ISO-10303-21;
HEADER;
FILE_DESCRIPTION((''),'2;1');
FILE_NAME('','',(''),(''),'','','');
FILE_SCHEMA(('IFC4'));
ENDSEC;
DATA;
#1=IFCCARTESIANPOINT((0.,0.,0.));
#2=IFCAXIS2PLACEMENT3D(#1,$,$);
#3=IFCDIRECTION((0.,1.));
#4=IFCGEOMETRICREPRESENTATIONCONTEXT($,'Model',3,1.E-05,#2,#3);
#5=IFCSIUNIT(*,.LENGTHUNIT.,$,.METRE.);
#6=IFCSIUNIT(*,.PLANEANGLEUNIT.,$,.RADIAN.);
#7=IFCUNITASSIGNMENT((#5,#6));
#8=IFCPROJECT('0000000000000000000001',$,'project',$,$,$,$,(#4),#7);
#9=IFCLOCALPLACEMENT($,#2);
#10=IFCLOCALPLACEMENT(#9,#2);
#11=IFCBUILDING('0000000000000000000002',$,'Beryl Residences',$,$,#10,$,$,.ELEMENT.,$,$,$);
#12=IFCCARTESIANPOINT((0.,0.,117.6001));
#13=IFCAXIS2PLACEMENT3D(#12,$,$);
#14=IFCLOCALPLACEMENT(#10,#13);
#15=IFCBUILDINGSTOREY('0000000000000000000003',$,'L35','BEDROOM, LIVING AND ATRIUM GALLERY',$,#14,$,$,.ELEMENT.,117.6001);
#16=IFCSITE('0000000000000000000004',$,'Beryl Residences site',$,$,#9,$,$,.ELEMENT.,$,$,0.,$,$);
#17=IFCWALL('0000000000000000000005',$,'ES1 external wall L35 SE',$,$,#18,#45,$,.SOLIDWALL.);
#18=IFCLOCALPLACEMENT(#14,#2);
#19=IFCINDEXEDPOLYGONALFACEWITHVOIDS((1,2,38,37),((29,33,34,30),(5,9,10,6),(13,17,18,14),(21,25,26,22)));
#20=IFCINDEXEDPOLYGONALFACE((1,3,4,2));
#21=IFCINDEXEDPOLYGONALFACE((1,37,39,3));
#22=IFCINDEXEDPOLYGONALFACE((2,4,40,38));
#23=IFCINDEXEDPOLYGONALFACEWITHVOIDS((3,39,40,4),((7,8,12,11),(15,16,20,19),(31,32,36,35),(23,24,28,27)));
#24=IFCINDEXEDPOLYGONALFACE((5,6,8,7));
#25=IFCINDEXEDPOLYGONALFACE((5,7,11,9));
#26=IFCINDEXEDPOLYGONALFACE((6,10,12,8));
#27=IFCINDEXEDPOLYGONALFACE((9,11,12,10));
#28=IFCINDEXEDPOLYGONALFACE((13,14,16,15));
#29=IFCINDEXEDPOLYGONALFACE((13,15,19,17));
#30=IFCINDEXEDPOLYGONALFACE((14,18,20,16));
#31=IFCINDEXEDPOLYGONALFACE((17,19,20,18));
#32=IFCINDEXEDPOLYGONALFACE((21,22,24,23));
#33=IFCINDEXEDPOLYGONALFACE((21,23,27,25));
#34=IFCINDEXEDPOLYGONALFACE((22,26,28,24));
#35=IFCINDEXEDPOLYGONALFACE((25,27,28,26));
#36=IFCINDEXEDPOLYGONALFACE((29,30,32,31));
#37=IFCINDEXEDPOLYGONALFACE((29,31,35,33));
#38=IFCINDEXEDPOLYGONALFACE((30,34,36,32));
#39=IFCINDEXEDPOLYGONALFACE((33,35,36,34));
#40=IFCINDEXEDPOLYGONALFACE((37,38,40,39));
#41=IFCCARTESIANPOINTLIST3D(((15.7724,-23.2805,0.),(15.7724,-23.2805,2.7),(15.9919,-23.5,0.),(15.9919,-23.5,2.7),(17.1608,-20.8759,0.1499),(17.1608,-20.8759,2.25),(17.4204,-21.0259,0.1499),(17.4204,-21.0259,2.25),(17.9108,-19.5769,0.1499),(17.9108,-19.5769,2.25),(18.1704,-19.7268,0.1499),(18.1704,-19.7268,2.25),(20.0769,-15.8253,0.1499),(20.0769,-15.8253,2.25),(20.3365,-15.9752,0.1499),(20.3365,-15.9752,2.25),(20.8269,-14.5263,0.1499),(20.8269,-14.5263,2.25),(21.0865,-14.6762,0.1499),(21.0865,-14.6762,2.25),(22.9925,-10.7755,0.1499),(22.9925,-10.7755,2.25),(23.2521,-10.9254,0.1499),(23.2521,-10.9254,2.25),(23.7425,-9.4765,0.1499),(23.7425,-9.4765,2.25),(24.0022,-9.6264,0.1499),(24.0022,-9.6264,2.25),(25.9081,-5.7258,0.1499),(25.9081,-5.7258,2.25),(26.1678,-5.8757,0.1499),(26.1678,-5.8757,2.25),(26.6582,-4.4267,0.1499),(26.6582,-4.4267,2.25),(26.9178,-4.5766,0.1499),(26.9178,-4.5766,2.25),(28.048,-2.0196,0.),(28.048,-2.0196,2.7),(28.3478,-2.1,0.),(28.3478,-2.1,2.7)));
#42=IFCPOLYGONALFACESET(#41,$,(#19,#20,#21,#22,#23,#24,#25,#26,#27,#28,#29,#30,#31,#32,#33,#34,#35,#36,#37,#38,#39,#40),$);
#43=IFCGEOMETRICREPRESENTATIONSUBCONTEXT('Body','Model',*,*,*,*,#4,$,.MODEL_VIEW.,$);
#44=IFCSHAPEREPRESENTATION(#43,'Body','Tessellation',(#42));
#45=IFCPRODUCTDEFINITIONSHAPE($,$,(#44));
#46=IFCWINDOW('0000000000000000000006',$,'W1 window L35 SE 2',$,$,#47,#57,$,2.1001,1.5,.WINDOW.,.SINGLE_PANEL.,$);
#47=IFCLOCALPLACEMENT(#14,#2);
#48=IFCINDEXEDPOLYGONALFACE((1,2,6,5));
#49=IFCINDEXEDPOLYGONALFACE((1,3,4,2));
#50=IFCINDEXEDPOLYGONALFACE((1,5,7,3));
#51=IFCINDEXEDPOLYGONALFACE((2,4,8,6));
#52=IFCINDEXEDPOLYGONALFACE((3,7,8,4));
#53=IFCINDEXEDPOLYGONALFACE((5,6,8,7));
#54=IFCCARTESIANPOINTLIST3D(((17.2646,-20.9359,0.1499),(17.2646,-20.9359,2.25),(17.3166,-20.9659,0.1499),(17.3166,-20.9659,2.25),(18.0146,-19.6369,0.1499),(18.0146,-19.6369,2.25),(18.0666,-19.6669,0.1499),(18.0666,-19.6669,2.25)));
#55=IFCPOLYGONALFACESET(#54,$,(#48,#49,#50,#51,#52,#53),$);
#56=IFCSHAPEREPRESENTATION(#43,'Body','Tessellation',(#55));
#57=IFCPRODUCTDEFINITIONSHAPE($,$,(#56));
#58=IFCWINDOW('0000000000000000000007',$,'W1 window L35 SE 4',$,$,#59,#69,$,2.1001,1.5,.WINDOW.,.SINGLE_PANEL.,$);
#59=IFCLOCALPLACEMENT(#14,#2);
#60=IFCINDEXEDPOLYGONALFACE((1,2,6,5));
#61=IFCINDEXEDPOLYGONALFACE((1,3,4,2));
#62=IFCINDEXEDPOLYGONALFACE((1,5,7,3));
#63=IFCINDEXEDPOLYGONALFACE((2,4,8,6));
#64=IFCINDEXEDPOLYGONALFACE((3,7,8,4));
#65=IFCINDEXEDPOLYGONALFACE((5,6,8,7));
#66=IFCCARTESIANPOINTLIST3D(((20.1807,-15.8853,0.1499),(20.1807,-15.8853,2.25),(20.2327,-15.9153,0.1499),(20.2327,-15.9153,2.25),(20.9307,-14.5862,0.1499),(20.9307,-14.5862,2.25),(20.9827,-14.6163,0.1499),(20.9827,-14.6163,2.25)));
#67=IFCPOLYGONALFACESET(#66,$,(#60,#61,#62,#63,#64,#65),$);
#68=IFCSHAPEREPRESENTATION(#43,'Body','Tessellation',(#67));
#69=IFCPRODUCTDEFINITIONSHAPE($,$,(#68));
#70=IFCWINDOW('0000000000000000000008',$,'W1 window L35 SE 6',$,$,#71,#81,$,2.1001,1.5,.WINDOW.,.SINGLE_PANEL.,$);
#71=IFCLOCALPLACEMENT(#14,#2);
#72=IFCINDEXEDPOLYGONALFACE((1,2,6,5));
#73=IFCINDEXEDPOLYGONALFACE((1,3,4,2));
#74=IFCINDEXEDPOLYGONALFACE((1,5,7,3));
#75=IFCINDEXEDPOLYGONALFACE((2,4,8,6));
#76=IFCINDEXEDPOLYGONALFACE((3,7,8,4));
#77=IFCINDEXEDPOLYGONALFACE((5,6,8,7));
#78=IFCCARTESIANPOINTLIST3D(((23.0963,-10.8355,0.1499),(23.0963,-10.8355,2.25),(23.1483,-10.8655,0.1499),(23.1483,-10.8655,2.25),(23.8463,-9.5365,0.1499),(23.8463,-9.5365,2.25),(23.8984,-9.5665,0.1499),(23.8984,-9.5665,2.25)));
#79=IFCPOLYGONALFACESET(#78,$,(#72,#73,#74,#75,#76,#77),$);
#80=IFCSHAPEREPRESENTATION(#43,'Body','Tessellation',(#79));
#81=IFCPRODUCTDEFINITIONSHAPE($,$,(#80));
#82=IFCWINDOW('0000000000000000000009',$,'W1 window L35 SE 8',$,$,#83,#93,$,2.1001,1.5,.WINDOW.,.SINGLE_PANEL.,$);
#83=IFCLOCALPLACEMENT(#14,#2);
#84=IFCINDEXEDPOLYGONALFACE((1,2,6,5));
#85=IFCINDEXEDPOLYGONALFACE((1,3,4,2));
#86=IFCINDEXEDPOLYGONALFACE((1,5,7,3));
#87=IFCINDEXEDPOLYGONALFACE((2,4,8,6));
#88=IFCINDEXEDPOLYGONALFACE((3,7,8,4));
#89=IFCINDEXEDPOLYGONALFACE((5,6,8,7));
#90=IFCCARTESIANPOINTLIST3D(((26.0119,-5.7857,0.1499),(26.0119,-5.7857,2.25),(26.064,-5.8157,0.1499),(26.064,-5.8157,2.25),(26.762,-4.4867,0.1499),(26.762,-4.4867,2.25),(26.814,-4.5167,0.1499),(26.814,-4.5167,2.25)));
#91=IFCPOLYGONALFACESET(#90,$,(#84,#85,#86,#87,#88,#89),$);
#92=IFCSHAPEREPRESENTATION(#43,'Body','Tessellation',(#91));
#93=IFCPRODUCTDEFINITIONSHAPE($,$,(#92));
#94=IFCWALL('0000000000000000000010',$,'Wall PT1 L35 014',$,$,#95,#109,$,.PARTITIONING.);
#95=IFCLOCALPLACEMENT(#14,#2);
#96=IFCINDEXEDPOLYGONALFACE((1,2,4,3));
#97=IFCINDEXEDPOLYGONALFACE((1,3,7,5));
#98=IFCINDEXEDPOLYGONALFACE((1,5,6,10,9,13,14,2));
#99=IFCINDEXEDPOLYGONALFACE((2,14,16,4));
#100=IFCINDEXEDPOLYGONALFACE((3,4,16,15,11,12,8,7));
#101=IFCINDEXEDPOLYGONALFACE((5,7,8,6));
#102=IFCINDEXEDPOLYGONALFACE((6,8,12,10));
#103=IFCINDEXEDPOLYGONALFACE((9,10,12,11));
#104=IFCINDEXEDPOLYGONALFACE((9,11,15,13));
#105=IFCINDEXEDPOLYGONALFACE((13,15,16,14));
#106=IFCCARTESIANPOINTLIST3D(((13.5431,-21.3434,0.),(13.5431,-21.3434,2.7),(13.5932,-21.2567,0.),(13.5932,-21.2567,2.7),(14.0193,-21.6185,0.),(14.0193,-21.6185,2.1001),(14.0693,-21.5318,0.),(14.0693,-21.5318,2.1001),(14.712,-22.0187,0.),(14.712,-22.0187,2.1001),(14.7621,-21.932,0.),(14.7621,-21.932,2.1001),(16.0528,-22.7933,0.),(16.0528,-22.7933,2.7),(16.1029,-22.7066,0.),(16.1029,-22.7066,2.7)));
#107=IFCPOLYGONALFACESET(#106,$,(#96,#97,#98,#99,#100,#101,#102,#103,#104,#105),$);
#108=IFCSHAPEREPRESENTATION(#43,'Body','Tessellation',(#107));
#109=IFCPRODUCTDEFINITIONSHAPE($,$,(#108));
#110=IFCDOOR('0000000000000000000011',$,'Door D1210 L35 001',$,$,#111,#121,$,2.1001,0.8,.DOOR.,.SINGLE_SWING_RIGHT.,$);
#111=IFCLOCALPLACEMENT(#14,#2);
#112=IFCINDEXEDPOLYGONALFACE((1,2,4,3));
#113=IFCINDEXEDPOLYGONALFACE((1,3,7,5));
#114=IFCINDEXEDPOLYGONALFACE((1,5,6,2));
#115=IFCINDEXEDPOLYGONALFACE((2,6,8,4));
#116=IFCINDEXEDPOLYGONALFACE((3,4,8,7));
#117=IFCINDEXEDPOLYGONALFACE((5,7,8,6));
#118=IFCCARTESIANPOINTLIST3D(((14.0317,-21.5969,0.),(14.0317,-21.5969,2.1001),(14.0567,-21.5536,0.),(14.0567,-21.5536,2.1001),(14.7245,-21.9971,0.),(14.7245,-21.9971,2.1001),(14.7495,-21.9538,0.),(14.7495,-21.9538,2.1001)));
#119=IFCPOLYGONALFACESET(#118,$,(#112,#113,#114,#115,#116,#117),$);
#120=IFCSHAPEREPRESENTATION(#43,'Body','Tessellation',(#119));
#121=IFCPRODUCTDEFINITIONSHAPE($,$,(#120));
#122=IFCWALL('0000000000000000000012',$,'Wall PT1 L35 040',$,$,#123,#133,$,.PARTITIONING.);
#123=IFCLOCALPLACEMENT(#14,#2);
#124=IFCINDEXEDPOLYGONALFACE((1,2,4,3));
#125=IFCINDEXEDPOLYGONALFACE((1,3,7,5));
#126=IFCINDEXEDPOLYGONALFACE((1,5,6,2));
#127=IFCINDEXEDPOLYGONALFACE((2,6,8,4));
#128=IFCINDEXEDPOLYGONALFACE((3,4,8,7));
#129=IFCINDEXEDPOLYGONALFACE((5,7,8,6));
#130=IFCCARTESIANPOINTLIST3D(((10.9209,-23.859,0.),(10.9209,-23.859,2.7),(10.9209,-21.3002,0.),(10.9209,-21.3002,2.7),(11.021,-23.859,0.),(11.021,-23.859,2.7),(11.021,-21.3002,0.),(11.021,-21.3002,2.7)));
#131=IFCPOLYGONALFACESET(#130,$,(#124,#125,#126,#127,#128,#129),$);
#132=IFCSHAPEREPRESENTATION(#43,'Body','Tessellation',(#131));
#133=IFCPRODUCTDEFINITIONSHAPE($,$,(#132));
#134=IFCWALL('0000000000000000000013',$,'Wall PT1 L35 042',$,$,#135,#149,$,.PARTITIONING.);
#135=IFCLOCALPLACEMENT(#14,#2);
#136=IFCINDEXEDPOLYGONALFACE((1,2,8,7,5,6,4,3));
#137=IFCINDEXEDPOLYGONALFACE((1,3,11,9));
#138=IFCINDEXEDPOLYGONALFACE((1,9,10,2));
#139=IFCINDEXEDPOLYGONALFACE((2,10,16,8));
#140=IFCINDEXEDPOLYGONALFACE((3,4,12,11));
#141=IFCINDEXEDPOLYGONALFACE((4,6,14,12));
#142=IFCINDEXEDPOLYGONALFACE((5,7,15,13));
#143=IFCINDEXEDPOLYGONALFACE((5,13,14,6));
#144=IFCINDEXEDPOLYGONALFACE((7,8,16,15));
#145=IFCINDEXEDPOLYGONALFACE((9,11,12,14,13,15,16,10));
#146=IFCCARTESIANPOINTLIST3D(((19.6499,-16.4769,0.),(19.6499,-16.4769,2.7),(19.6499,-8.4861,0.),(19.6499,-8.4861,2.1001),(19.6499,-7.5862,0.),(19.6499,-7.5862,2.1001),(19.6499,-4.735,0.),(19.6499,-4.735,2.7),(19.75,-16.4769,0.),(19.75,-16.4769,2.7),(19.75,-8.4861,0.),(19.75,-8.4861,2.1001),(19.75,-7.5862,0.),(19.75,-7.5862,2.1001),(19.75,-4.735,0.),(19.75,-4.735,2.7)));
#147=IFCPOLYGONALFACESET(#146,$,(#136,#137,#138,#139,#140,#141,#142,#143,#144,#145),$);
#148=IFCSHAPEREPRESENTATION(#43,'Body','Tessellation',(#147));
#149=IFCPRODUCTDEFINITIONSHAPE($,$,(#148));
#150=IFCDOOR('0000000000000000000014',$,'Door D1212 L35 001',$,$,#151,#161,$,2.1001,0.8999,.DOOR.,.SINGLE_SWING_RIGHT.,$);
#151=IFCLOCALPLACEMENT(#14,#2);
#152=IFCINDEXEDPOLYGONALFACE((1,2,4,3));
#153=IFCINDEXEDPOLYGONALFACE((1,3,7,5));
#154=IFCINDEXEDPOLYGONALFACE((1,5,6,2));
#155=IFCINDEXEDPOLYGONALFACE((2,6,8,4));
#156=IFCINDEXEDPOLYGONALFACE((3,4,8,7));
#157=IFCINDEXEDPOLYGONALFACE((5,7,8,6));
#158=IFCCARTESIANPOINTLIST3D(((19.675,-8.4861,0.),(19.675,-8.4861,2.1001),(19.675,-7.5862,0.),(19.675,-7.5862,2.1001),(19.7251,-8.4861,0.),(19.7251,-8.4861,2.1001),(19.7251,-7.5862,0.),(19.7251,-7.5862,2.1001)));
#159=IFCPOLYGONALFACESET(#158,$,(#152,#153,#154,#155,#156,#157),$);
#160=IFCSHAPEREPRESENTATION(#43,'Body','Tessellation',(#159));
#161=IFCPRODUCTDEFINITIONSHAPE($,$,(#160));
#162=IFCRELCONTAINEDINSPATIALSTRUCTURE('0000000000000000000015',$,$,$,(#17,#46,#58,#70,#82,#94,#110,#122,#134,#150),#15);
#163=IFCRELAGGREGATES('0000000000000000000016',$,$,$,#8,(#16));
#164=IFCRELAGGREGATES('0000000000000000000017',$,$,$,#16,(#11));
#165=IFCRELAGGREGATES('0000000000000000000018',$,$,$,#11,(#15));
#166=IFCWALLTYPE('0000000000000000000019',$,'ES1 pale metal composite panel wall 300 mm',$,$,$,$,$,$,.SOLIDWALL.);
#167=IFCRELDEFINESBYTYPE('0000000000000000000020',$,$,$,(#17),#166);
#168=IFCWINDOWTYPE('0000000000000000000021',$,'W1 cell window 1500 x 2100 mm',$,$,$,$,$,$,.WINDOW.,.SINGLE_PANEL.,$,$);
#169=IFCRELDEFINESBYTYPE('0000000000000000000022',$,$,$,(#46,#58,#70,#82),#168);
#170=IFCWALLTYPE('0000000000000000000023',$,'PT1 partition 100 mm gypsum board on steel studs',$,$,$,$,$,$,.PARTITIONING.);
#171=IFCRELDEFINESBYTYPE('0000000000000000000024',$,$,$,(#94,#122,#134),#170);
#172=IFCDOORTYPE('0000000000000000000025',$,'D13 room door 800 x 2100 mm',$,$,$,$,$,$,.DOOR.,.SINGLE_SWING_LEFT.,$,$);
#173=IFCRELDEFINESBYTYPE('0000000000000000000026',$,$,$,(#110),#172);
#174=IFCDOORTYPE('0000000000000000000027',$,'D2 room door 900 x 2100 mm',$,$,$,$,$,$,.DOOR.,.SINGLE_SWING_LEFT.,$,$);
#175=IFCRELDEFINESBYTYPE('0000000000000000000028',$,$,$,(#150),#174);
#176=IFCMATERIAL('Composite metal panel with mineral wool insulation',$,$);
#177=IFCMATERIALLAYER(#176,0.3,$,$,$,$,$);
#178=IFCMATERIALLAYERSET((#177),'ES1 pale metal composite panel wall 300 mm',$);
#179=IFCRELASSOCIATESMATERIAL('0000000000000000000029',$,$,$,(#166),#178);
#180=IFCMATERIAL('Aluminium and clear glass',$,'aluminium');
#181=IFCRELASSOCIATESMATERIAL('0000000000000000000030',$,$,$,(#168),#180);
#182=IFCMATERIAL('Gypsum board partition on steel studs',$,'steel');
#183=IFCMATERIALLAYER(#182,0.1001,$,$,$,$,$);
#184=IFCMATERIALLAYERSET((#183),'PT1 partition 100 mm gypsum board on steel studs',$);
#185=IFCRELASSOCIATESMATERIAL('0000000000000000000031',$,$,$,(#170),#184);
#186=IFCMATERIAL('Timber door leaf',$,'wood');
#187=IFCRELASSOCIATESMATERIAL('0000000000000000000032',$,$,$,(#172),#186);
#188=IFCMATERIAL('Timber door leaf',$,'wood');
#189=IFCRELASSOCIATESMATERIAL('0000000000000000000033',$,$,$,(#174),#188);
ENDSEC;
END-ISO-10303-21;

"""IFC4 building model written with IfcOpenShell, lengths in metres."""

from ifc_helpers import new_model, si_unit, direction, frame, frame_2d, origin, place, context, subcontext, project, spatial, polyline, rectangle, outline, extrude, material, layer, layer_set, type_object, element, fill, save


model = new_model("IFC4")

# Units and contexts
model_context = context("Model", 3, precision=1e-05, world=origin(), true_north=direction((0.0, 1.0)))
body_context = subcontext(model_context, "Body", "Model", "MODEL_VIEW")
ifc_project = project(units=[si_unit("LENGTHUNIT", "METRE"), si_unit("PLANEANGLEUNIT", "RADIAN")], contexts=[model_context])

# Site, building, storey
site_placement = place(None, origin())
site = spatial("IfcSite", under=ifc_project, at=site_placement, Name="Beryl Residences site", CompositionType="ELEMENT", RefElevation=0.0)
building_placement = place(site_placement, origin())
building = spatial("IfcBuilding", under=site, at=building_placement, Name="Beryl Residences", CompositionType="ELEMENT")
storey_placement = place(building_placement, frame((0.0, 0.0, 117.6001)))
storey = spatial("IfcBuildingStorey", under=building, at=storey_placement, Name="L35", Description="BEDROOM, LIVING AND ATRIUM GALLERY", CompositionType="ELEMENT", Elevation=117.6001)

# Shared definitions
ifc_material_1 = material(Name="Composite metal panel with mineral wool insulation")
ifc_layer_1 = layer(ifc_material_1, 0.3)
ifc_layer_set_1 = layer_set([ifc_layer_1], Name="ES1 pale metal composite panel wall 300 mm")
wall_type_1 = type_object("IfcWallType", Name="ES1 pale metal composite panel wall 300 mm", PredefinedType="SOLIDWALL", material=ifc_layer_set_1)

# Wall, openings, windows
wall_1_placement = place(storey_placement, frame((15.8621, -23.425, 0.0), z_axis=(0.0, 0.0, 1.0), x_axis=(0.500018, 0.866015, 0.0)))
wall_1 = element("IfcWall", 1, at=wall_1_placement, inside=storey, type_object=wall_type_1, Name="ES1 external wall L35 SE", PredefinedType="SOLIDWALL", context=body_context, shape_type="SweptSolid", body=[
    extrude(outline(polyline([(0.0, -0.1499), (24.7109, -0.1499), (24.6306, 0.1499), (0.0803, 0.1499), (0.0, -0.1499)])), origin(), (0.0, 0.0, 1.0), 2.7),
])
opening_1_placement = place(wall_1_placement, frame((2.8569, 0.0, 0.1499)))
opening_1 = element("IfcOpeningElement", 2, at=opening_1_placement, cuts=wall_1, PredefinedType="OPENING", context=body_context, shape_type="SweptSolid", body=[
    extrude(rectangle(XDim=1.5, YDim=2.1001, at=frame_2d((0.75, 1.05))), frame((0.0, 0.1599, 0.0), z_axis=(0.0, -1.0, 0.0), x_axis=(1.0, 0.0, 0.0)), (0.0, 0.0, 1.0), 0.3201),
])
opening_2_placement = place(wall_1_placement, frame((8.689, 0.0, 0.1499)))
opening_2 = element("IfcOpeningElement", 3, at=opening_2_placement, cuts=wall_1, PredefinedType="OPENING", context=body_context, shape_type="SweptSolid", body=[
    extrude(rectangle(XDim=1.5, YDim=2.1001, at=frame_2d((0.75, 1.05))), frame((0.0, 0.1599, 0.0), z_axis=(0.0, -1.0, 0.0), x_axis=(1.0, 0.0, 0.0)), (0.0, 0.0, 1.0), 0.3201),
])
opening_3_placement = place(wall_1_placement, frame((14.52, 0.0, 0.1499)))
opening_3 = element("IfcOpeningElement", 4, at=opening_3_placement, cuts=wall_1, PredefinedType="OPENING", context=body_context, shape_type="SweptSolid", body=[
    extrude(rectangle(XDim=1.5, YDim=2.1001, at=frame_2d((0.75, 1.05))), frame((0.0, 0.1599, 0.0), z_axis=(0.0, -1.0, 0.0), x_axis=(1.0, 0.0, 0.0)), (0.0, 0.0, 1.0), 0.3201),
])
opening_4_placement = place(wall_1_placement, frame((20.3511, 0.0, 0.1499)))
opening_4 = element("IfcOpeningElement", 5, at=opening_4_placement, cuts=wall_1, PredefinedType="OPENING", context=body_context, shape_type="SweptSolid", body=[
    extrude(rectangle(XDim=1.5, YDim=2.1001, at=frame_2d((0.75, 1.05))), frame((0.0, 0.1599, 0.0), z_axis=(0.0, -1.0, 0.0), x_axis=(1.0, 0.0, 0.0)), (0.0, 0.0, 1.0), 0.3201),
])
ifc_material_2 = material(Name="Aluminium and clear glass", Category="aluminium")
window_type_1 = type_object("IfcWindowType", Name="W1 cell window 1500 x 2100 mm", PartitioningType="SINGLE_PANEL", PredefinedType="WINDOW", material=ifc_material_2)
window_1_placement = place(opening_1_placement, origin())
window_1 = element("IfcWindow", 6, at=window_1_placement, inside=storey, type_object=window_type_1, Name="W1 window L35 SE 2", OverallHeight=2.1001, OverallWidth=1.5, PartitioningType="SINGLE_PANEL", PredefinedType="WINDOW", context=body_context, shape_type="SweptSolid", body=[
    extrude(rectangle(XDim=1.5, YDim=2.1001, at=frame_2d((0.75, 1.05))), frame((0.0, 0.03, 0.0), z_axis=(0.0, -1.0, 0.0), x_axis=(1.0, 0.0, 0.0)), (0.0, 0.0, 1.0), 0.0601),
])
fill(opening_1, window_1)
window_2_placement = place(opening_2_placement, origin())
window_2 = element("IfcWindow", 7, at=window_2_placement, inside=storey, type_object=window_type_1, Name="W1 window L35 SE 4", OverallHeight=2.1001, OverallWidth=1.5, PartitioningType="SINGLE_PANEL", PredefinedType="WINDOW", context=body_context, shape_type="SweptSolid", body=[
    extrude(rectangle(XDim=1.5, YDim=2.1001, at=frame_2d((0.75, 1.05))), frame((0.0, 0.03, 0.0), z_axis=(0.0, -1.0, 0.0), x_axis=(1.0, 0.0, 0.0)), (0.0, 0.0, 1.0), 0.0601),
])
fill(opening_2, window_2)
window_3_placement = place(opening_3_placement, origin())
window_3 = element("IfcWindow", 8, at=window_3_placement, inside=storey, type_object=window_type_1, Name="W1 window L35 SE 6", OverallHeight=2.1001, OverallWidth=1.5, PartitioningType="SINGLE_PANEL", PredefinedType="WINDOW", context=body_context, shape_type="SweptSolid", body=[
    extrude(rectangle(XDim=1.5, YDim=2.1001, at=frame_2d((0.75, 1.05))), frame((0.0, 0.03, 0.0), z_axis=(0.0, -1.0, 0.0), x_axis=(1.0, 0.0, 0.0)), (0.0, 0.0, 1.0), 0.0601),
])
fill(opening_3, window_3)
window_4_placement = place(opening_4_placement, origin())
window_4 = element("IfcWindow", 9, at=window_4_placement, inside=storey, type_object=window_type_1, Name="W1 window L35 SE 8", OverallHeight=2.1001, OverallWidth=1.5, PartitioningType="SINGLE_PANEL", PredefinedType="WINDOW", context=body_context, shape_type="SweptSolid", body=[
    extrude(rectangle(XDim=1.5, YDim=2.1001, at=frame_2d((0.75, 1.05))), frame((0.0, 0.03, 0.0), z_axis=(0.0, -1.0, 0.0), x_axis=(1.0, 0.0, 0.0)), (0.0, 0.0, 1.0), 0.0601),
])
fill(opening_4, window_4)

# Wall, opening, door
ifc_material_3 = material(Name="Gypsum board partition on steel studs", Category="steel")
ifc_layer_2 = layer(ifc_material_3, 0.1001)
ifc_layer_set_2 = layer_set([ifc_layer_2], Name="PT1 partition 100 mm gypsum board on steel studs")
wall_type_2 = type_object("IfcWallType", Name="PT1 partition 100 mm gypsum board on steel studs", PredefinedType="PARTITIONING", material=ifc_layer_set_2)
wall_2_placement = place(storey_placement, frame((13.5681, -21.3, 0.0), z_axis=(0.0, 0.0, 1.0), x_axis=(0.865885, -0.500243, 0.0)))
wall_2 = element("IfcWall", 10, at=wall_2_placement, inside=storey, type_object=wall_type_2, Name="Wall PT1 L35 014", PredefinedType="PARTITIONING", context=body_context, shape_type="SweptSolid", body=[
    extrude(rectangle(XDim=2.8984, YDim=0.1001, at=frame_2d((1.4492, 0.0))), origin(), (0.0, 0.0, 1.0), 2.7),
])
opening_5_placement = place(wall_2_placement, frame((0.55, 0.0, 0.0)))
opening_5 = element("IfcOpeningElement", 11, at=opening_5_placement, cuts=wall_2, PredefinedType="OPENING", context=body_context, shape_type="SweptSolid", body=[
    extrude(rectangle(XDim=0.8, YDim=2.1001, at=frame_2d((0.3999, 1.05))), frame((0.0, 0.0601, 0.0), z_axis=(0.0, -1.0, 0.0), x_axis=(1.0, 0.0, 0.0)), (0.0, 0.0, 1.0), 0.1201),
])
ifc_material_4 = material(Name="Timber door leaf", Category="wood")
door_type_1 = type_object("IfcDoorType", Name="D13 room door 800 x 2100 mm", OperationType="SINGLE_SWING_LEFT", PredefinedType="DOOR", material=ifc_material_4)
door_1_placement = place(opening_5_placement, origin())
door_1 = element("IfcDoor", 12, at=door_1_placement, inside=storey, type_object=door_type_1, Name="Door D1210 L35 001", OperationType="SINGLE_SWING_RIGHT", OverallHeight=2.1001, OverallWidth=0.8, PredefinedType="DOOR", context=body_context, shape_type="SweptSolid", body=[
    extrude(rectangle(XDim=0.8, YDim=2.1001, at=frame_2d((0.3999, 1.05))), frame((0.0, 0.0249, 0.0), z_axis=(0.0, -1.0, 0.0), x_axis=(1.0, 0.0, 0.0)), (0.0, 0.0, 1.0), 0.05),
])
fill(opening_5, door_1)

# Wall
wall_3_placement = place(storey_placement, frame((10.9709, -23.8589, 0.0), z_axis=(0.0, 0.0, 1.0), x_axis=(0.0, 1.0, 0.0)))
element("IfcWall", 13, at=wall_3_placement, inside=storey, type_object=wall_type_2, Name="Wall PT1 L35 040", PredefinedType="PARTITIONING", context=body_context, shape_type="SweptSolid", body=[
    extrude(rectangle(XDim=2.5588, YDim=0.1001, at=frame_2d((1.2793, 0.0))), origin(), (0.0, 0.0, 1.0), 2.7),
])

# Wall, opening, door
wall_4_placement = place(storey_placement, frame((19.7, -16.4771, 0.0), z_axis=(0.0, 0.0, 1.0), x_axis=(0.0, 1.0, 0.0)))
wall_4 = element("IfcWall", 14, at=wall_4_placement, inside=storey, type_object=wall_type_2, Name="Wall PT1 L35 042", PredefinedType="PARTITIONING", context=body_context, shape_type="SweptSolid", body=[
    extrude(rectangle(XDim=11.7419, YDim=0.1001, at=frame_2d((5.8711, 0.0))), origin(), (0.0, 0.0, 1.0), 2.7),
])
opening_6_placement = place(wall_4_placement, frame((7.991, 0.0, 0.0)))
opening_6 = element("IfcOpeningElement", 15, at=opening_6_placement, cuts=wall_4, PredefinedType="OPENING", context=body_context, shape_type="SweptSolid", body=[
    extrude(rectangle(XDim=0.8999, YDim=2.1001, at=frame_2d((0.45, 1.05))), frame((0.0, 0.0601, 0.0), z_axis=(0.0, -1.0, 0.0), x_axis=(1.0, 0.0, 0.0)), (0.0, 0.0, 1.0), 0.1201),
])
ifc_material_5 = material(Name="Timber door leaf", Category="wood")
door_type_2 = type_object("IfcDoorType", Name="D2 room door 900 x 2100 mm", OperationType="SINGLE_SWING_LEFT", PredefinedType="DOOR", material=ifc_material_5)
door_2_placement = place(opening_6_placement, origin())
door_2 = element("IfcDoor", 16, at=door_2_placement, inside=storey, type_object=door_type_2, Name="Door D1212 L35 001", OperationType="SINGLE_SWING_RIGHT", OverallHeight=2.1001, OverallWidth=0.8999, PredefinedType="DOOR", context=body_context, shape_type="SweptSolid", body=[
    extrude(rectangle(XDim=0.8999, YDim=2.1001, at=frame_2d((0.45, 1.05))), frame((0.0, 0.0249, 0.0), z_axis=(0.0, -1.0, 0.0), x_axis=(1.0, 0.0, 0.0)), (0.0, 0.0, 1.0), 0.05),
])
fill(opening_6, door_2)

save(model, "model.ifc")
